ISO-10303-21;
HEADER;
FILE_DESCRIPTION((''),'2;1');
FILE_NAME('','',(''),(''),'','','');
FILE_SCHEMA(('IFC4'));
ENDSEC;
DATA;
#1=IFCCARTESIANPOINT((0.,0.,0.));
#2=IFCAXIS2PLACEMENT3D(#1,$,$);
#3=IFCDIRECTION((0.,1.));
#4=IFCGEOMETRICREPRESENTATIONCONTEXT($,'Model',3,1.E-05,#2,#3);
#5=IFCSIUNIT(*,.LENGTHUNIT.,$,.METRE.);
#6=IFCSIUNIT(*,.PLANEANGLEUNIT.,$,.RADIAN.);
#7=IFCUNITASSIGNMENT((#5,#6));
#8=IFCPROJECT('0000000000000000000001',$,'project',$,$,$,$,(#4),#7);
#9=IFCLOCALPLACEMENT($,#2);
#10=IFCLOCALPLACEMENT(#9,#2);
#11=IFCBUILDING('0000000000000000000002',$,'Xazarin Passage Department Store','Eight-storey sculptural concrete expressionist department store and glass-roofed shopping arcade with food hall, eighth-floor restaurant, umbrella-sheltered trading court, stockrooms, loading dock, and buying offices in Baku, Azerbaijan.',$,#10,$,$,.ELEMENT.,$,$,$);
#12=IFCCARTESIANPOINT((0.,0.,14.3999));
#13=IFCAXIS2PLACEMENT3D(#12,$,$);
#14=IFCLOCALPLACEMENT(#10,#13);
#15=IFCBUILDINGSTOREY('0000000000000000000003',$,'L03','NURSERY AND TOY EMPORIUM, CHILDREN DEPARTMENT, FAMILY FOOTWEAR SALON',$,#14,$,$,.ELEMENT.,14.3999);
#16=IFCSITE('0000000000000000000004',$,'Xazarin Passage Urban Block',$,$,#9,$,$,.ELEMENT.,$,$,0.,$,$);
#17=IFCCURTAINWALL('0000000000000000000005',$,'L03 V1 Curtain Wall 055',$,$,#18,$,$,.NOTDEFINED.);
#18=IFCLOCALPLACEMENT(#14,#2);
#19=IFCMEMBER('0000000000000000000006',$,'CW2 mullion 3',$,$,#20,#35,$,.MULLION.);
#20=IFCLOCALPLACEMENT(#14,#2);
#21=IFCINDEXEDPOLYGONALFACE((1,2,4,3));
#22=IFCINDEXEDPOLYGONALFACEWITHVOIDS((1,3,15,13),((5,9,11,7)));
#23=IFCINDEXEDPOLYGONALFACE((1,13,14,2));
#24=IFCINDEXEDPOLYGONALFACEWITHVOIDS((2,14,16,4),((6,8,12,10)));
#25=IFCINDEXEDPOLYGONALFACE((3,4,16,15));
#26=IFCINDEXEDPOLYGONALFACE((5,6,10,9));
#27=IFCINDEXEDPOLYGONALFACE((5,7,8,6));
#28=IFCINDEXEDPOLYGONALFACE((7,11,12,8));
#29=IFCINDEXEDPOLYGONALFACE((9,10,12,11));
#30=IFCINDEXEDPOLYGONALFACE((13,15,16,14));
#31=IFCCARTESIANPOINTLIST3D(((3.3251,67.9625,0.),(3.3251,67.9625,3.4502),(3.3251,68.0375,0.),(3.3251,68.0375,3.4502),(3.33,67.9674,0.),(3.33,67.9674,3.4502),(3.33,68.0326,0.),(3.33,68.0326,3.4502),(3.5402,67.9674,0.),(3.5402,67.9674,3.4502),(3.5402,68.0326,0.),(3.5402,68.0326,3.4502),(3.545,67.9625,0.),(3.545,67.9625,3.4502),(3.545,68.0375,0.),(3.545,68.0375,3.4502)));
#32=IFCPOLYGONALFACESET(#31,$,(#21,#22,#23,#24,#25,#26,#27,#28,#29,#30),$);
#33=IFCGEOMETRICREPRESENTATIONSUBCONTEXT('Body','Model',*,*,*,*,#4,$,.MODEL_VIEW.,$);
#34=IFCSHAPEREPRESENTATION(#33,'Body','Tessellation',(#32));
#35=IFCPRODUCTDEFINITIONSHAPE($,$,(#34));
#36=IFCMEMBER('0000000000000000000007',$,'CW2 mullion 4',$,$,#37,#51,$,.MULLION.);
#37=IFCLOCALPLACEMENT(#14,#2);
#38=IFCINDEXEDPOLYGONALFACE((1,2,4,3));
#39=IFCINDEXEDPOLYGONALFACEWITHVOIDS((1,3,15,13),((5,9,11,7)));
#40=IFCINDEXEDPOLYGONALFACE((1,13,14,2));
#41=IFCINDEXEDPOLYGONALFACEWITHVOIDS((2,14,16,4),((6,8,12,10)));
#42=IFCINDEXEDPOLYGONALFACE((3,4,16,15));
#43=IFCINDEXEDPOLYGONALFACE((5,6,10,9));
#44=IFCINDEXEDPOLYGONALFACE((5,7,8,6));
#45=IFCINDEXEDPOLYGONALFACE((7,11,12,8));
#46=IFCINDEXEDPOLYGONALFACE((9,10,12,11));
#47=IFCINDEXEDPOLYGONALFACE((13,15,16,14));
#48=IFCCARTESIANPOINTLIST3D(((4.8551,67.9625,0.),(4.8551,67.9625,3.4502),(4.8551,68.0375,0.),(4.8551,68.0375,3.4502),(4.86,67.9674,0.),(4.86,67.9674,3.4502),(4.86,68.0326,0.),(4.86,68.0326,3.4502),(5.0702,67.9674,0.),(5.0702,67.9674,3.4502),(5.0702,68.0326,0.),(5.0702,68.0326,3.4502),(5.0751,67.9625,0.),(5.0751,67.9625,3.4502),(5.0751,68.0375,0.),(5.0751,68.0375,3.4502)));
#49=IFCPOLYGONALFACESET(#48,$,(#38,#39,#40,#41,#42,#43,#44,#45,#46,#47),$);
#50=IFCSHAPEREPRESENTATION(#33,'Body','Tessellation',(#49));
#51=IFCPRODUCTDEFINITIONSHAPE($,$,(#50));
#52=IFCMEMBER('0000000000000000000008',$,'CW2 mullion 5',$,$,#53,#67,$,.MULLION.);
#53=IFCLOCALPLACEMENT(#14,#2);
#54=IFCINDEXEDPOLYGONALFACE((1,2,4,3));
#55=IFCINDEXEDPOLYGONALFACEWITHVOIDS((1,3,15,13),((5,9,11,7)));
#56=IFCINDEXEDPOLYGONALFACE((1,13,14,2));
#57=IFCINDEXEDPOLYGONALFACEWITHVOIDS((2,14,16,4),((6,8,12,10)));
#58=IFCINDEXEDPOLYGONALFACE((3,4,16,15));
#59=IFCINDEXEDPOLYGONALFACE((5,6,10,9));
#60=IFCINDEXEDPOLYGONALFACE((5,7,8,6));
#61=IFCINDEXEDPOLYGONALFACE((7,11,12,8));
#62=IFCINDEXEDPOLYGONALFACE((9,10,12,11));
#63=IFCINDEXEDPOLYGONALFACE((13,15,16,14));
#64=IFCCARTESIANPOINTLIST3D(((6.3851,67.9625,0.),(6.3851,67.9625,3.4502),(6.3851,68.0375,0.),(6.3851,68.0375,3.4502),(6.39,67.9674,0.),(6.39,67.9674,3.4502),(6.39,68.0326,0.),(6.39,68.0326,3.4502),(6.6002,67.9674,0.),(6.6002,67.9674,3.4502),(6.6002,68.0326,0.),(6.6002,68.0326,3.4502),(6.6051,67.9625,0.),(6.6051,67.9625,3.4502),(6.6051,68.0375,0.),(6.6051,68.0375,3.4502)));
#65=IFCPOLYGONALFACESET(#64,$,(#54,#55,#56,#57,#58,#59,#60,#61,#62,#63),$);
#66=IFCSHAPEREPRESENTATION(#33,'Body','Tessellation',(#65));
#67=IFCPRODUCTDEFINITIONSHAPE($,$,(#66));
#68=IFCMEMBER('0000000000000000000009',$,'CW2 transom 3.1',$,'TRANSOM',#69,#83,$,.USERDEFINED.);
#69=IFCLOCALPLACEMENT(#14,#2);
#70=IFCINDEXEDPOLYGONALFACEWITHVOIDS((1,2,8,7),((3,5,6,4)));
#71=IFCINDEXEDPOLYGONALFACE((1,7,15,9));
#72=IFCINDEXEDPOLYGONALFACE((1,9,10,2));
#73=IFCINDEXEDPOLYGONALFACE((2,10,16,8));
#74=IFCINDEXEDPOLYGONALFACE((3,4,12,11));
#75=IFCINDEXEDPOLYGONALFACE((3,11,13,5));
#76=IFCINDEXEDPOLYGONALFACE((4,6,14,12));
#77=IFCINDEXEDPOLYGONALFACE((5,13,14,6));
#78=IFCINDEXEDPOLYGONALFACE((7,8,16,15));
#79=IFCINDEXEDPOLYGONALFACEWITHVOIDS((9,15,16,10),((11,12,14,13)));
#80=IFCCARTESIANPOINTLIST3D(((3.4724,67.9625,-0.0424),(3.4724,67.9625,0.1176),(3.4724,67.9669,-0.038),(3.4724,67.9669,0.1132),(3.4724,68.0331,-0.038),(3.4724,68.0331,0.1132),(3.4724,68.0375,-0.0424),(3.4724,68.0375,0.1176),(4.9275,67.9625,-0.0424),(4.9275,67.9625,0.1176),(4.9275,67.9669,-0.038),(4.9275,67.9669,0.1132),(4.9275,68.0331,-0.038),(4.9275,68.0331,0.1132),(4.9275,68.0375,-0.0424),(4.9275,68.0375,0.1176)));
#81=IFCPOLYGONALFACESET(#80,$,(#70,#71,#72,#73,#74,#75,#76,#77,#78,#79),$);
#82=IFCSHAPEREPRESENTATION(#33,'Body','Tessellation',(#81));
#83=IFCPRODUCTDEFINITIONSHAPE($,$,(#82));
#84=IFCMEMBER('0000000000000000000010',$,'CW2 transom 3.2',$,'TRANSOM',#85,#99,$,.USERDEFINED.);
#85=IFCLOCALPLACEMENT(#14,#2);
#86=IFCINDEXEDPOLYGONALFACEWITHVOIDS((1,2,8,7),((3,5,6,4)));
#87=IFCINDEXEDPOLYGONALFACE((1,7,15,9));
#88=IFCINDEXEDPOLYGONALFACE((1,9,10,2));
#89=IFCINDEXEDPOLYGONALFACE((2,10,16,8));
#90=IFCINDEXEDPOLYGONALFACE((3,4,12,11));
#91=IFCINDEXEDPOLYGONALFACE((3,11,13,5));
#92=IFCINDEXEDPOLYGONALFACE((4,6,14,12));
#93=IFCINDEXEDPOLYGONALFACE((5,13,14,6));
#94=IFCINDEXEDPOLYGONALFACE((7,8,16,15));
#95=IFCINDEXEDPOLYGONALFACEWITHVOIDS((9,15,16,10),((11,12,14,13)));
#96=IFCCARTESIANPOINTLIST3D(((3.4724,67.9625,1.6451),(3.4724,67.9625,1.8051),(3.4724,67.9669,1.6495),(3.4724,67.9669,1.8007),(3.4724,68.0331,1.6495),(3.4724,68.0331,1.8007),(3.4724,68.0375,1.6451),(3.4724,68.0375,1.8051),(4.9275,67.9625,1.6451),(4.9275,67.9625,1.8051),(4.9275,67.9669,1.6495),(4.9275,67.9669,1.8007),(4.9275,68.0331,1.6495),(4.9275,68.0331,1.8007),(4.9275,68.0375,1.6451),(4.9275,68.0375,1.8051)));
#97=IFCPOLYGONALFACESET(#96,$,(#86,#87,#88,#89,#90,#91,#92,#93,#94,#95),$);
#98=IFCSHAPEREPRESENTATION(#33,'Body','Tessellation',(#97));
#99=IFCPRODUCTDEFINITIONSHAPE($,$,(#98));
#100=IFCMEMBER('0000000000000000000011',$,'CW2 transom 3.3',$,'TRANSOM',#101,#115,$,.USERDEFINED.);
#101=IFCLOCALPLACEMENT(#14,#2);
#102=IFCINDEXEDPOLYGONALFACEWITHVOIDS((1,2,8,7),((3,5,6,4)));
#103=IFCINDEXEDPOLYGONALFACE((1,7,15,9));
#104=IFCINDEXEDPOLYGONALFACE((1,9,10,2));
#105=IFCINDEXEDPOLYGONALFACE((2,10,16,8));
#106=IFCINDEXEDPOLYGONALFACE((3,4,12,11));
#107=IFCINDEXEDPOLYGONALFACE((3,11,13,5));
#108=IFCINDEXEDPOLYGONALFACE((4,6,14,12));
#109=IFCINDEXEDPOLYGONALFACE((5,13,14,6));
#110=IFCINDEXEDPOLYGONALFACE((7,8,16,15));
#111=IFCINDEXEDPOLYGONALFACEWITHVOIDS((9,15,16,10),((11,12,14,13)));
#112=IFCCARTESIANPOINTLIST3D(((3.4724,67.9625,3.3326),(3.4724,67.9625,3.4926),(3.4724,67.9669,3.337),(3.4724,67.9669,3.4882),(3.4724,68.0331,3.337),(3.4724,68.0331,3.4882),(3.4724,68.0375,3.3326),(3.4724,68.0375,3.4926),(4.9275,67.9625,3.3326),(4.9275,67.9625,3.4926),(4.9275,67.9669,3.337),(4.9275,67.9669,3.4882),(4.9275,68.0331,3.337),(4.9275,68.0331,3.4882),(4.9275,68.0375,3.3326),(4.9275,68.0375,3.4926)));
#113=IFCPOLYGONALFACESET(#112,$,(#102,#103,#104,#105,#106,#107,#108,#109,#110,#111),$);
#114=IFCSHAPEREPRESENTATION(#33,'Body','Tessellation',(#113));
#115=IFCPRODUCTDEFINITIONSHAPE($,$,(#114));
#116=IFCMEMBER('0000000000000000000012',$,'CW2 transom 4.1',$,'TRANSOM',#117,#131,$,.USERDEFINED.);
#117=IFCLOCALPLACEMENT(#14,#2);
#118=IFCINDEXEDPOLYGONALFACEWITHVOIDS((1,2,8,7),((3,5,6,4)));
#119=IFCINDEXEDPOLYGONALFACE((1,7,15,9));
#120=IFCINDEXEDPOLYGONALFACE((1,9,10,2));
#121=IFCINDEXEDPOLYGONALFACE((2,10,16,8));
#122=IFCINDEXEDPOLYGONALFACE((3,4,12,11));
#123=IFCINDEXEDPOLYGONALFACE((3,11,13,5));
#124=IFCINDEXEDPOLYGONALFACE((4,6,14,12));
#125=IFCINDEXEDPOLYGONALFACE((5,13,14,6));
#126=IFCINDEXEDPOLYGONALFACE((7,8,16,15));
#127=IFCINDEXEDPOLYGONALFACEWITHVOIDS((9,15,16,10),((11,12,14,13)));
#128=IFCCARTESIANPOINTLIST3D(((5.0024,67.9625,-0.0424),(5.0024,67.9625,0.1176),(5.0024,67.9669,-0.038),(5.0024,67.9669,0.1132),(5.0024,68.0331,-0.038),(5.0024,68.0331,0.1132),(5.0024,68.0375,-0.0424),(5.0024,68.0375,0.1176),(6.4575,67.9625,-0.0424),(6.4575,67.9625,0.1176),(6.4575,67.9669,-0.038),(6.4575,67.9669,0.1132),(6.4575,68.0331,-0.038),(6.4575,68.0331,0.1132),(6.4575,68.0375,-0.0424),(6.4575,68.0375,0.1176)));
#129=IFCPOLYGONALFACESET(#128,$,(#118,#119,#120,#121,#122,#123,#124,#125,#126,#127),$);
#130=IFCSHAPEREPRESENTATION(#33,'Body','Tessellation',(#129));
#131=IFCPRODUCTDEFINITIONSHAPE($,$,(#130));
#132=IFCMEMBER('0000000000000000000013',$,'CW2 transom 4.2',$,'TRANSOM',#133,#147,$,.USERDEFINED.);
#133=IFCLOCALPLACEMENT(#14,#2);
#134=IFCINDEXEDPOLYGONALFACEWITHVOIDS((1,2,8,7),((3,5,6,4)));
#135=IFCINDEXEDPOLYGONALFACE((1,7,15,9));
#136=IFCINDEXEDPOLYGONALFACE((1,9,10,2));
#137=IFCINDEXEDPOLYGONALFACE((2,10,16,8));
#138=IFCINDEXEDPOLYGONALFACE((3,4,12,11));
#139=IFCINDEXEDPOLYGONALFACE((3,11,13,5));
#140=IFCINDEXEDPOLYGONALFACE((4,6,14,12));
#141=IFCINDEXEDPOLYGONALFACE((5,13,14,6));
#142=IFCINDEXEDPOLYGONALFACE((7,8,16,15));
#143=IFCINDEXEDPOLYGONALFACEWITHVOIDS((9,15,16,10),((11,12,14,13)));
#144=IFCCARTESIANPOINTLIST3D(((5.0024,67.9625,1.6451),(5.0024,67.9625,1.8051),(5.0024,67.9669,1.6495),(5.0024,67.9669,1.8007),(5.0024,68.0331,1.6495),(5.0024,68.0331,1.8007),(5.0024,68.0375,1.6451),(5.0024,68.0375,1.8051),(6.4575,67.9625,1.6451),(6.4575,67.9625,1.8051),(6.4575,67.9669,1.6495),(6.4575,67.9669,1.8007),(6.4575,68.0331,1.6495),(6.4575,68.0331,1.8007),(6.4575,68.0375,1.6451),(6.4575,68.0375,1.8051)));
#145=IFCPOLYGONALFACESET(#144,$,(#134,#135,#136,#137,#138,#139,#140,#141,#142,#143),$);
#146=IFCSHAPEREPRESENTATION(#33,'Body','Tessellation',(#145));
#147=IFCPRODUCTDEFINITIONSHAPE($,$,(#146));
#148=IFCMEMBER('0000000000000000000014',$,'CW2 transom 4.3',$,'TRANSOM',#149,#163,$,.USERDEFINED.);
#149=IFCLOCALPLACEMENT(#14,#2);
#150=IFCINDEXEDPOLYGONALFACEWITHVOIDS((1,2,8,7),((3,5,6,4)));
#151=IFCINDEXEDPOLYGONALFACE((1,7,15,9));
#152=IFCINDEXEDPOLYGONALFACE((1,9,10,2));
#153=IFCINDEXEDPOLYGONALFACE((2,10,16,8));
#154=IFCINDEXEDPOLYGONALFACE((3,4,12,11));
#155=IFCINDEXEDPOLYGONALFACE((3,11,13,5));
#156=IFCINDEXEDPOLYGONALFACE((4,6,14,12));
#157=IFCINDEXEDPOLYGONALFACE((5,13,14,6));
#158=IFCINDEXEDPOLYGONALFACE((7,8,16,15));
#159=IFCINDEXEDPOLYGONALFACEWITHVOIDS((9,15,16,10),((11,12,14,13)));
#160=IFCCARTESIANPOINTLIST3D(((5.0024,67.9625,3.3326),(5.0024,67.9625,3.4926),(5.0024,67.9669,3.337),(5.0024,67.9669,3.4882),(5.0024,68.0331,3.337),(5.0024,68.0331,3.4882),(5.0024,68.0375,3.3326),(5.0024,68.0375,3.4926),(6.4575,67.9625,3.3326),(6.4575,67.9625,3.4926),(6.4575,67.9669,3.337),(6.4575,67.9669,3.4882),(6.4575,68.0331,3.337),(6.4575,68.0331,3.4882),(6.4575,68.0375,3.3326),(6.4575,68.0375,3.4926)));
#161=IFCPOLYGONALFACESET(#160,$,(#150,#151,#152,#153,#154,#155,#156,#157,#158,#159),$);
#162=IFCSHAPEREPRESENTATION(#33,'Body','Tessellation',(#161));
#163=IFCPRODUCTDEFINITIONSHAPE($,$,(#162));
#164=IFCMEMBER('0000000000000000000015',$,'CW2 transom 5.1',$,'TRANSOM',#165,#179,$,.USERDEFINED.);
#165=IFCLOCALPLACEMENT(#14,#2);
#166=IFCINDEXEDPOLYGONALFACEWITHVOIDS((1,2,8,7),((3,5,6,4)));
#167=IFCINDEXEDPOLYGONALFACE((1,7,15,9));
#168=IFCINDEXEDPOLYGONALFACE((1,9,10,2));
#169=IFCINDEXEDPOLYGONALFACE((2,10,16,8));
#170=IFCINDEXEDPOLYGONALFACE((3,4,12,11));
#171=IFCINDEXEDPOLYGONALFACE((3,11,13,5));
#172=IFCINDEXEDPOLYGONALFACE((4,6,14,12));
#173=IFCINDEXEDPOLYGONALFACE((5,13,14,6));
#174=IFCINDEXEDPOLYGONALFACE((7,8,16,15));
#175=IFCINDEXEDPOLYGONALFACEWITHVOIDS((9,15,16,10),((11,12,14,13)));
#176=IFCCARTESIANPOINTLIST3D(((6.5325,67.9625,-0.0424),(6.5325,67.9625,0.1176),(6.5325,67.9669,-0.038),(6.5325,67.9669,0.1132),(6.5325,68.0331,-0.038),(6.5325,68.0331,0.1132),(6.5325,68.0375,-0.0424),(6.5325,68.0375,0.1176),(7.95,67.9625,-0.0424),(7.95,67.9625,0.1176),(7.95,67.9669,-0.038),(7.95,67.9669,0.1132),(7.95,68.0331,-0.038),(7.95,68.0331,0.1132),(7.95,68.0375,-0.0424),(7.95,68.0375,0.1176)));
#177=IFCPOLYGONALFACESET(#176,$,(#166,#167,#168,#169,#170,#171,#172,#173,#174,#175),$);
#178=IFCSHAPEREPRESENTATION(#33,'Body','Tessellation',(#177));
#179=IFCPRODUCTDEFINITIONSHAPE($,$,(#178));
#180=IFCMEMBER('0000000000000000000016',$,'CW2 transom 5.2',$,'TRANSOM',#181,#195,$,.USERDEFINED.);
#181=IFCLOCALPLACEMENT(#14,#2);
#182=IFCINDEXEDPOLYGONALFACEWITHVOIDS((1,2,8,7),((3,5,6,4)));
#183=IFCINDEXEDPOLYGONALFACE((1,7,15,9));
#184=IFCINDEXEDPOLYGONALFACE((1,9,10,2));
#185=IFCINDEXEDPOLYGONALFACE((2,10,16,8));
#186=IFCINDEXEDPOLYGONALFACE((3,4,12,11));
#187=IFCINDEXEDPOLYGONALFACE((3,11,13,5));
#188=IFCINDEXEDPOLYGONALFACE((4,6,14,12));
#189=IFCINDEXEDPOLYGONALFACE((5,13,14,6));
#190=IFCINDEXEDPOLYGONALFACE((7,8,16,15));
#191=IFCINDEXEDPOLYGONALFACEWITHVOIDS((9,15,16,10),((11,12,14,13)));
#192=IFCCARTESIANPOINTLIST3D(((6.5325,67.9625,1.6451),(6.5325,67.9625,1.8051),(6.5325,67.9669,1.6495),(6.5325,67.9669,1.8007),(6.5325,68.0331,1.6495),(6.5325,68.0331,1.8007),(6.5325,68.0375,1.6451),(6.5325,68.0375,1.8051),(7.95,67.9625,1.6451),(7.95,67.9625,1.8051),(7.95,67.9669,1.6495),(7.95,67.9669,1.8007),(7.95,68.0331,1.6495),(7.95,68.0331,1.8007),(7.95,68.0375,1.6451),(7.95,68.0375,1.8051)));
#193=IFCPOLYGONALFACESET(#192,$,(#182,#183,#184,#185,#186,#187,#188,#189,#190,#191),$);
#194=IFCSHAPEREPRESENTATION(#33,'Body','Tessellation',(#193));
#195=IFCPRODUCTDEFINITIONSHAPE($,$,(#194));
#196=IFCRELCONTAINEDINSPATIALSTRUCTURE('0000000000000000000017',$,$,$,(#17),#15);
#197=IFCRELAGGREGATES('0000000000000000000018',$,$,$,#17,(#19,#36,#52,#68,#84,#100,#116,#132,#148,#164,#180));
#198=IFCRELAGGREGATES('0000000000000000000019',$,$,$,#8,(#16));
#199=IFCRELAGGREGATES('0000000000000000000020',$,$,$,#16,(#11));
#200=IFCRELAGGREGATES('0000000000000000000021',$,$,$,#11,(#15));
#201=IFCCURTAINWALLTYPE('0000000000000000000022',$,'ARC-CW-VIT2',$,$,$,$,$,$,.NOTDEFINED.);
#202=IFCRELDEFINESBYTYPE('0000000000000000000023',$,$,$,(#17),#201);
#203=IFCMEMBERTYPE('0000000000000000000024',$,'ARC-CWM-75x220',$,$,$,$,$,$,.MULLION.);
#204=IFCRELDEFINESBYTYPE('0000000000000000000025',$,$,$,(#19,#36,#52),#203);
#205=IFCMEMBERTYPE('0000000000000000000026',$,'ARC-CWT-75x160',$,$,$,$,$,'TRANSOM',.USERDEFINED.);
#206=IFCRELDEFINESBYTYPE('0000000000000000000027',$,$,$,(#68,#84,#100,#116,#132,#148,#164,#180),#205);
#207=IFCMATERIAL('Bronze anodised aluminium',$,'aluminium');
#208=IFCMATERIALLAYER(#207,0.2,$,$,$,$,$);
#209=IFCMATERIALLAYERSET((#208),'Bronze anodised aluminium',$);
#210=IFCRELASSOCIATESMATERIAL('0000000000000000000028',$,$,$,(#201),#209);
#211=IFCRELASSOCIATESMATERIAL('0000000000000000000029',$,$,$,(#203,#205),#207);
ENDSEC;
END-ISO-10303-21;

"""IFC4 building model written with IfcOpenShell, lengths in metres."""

from ifc_helpers import new_model, si_unit, direction, frame, origin, origin_2d, place, context, subcontext, project, spatial, hollow_rectangle, extrude, material, layer, layer_set, material_profile, profile_set, type_object, element, aggregate, save


model = new_model("IFC4")

# Units and contexts
model_context = context("Model", 3, precision=1e-05, world=origin(), true_north=direction((0.0, 1.0)))
body_context = subcontext(model_context, "Body", "Model", "MODEL_VIEW")
ifc_project = project(units=[si_unit("LENGTHUNIT", "METRE"), si_unit("PLANEANGLEUNIT", "RADIAN")], contexts=[model_context])

# Site, building, storey
site_placement = place(None, origin())
site = spatial("IfcSite", under=ifc_project, at=site_placement, Name="Xazarin Passage Urban Block", CompositionType="ELEMENT", RefElevation=0.0)
building_placement = place(site_placement, origin())
building = spatial("IfcBuilding", under=site, at=building_placement, Name="Xazarin Passage Department Store", Description="Eight-storey sculptural concrete expressionist department store and glass-roofed shopping arcade with food hall, eighth-floor restaurant, umbrella-sheltered trading court, stockrooms, loading dock, and buying offices in Baku, Azerbaijan.", CompositionType="ELEMENT")
storey_placement = place(building_placement, frame((0.0, 0.0, 14.3999)))
storey = spatial("IfcBuildingStorey", under=building, at=storey_placement, Name="L03", Description="NURSERY AND TOY EMPORIUM, CHILDREN DEPARTMENT, FAMILY FOOTWEAR SALON", CompositionType="ELEMENT", Elevation=14.3999)

# Curtain wall, members
ifc_material_1 = material(Name="Bronze anodised aluminium", Category="aluminium")
ifc_layer_1 = layer(ifc_material_1, 0.2)
ifc_layer_set_1 = layer_set([ifc_layer_1], Name="Bronze anodised aluminium")
curtain_wall_type = type_object("IfcCurtainWallType", Name="ARC-CW-VIT2", PredefinedType="NOTDEFINED", material=ifc_layer_set_1)
curtain_wall_placement = place(storey_placement, origin())
curtain_wall = element("IfcCurtainWall", 1, at=curtain_wall_placement, inside=storey, type_object=curtain_wall_type, Name="L03 V1 Curtain Wall 055", PredefinedType="NOTDEFINED")
ifc_material_profile_1 = material_profile(ifc_material_1, hollow_rectangle(XDim=0.075, YDim=0.22, WallThickness=0.0049, at=origin_2d()), Name="ALU 75x220")
ifc_profile_set_1 = profile_set([ifc_material_profile_1], Name="Bronze anodised aluminium")
member_type_1 = type_object("IfcMemberType", Name="ARC-CWM-75x220", PredefinedType="MULLION", material=ifc_profile_set_1)
member_1_placement = place(storey_placement, frame((3.4351, 68.0, 0.0), z_axis=(0.0, 0.0, 1.0), x_axis=(0.0, 1.0, 0.0)))
member_1 = element("IfcMember", 2, at=member_1_placement, type_object=member_type_1, Name="CW2 mullion 3", PredefinedType="MULLION", context=body_context, shape_type="SweptSolid", body=[
    extrude(hollow_rectangle(XDim=0.075, YDim=0.22, WallThickness=0.0049, at=origin_2d()), origin(), (0.0, 0.0, 1.0), 3.4502),
])
member_2_placement = place(storey_placement, frame((4.9651, 68.0, 0.0), z_axis=(0.0, 0.0, 1.0), x_axis=(0.0, 1.0, 0.0)))
member_2 = element("IfcMember", 3, at=member_2_placement, type_object=member_type_1, Name="CW2 mullion 4", PredefinedType="MULLION", context=body_context, shape_type="SweptSolid", body=[
    extrude(hollow_rectangle(XDim=0.075, YDim=0.22, WallThickness=0.0049, at=origin_2d()), origin(), (0.0, 0.0, 1.0), 3.4502),
])
member_3_placement = place(storey_placement, frame((6.4951, 68.0, 0.0), z_axis=(0.0, 0.0, 1.0), x_axis=(0.0, 1.0, 0.0)))
member_3 = element("IfcMember", 4, at=member_3_placement, type_object=member_type_1, Name="CW2 mullion 5", PredefinedType="MULLION", context=body_context, shape_type="SweptSolid", body=[
    extrude(hollow_rectangle(XDim=0.075, YDim=0.22, WallThickness=0.0049, at=origin_2d()), origin(), (0.0, 0.0, 1.0), 3.4502),
])
ifc_material_profile_2 = material_profile(ifc_material_1, hollow_rectangle(XDim=0.075, YDim=0.1599, WallThickness=0.0044, at=origin_2d()), Name="ALU 75x160")
ifc_profile_set_2 = profile_set([ifc_material_profile_2], Name="Bronze anodised aluminium")
member_type_2 = type_object("IfcMemberType", Name="ARC-CWT-75x160", ElementType="TRANSOM", PredefinedType="USERDEFINED", material=ifc_profile_set_2)
member_4_placement = place(storey_placement, frame((3.4724, 68.0, 0.0376), z_axis=(1.0, 0.0, 0.0), x_axis=(0.0, 1.0, 0.0)))
member_4 = element("IfcMember", 5, at=member_4_placement, type_object=member_type_2, Name="CW2 transom 3.1", ObjectType="TRANSOM", PredefinedType="USERDEFINED", context=body_context, shape_type="SweptSolid", body=[
    extrude(hollow_rectangle(XDim=0.075, YDim=0.1599, WallThickness=0.0044, at=origin_2d()), origin(), (0.0, 0.0, 1.0), 1.4551),
])
member_5_placement = place(storey_placement, frame((3.4724, 68.0, 1.7251), z_axis=(1.0, 0.0, 0.0), x_axis=(0.0, 1.0, 0.0)))
member_5 = element("IfcMember", 6, at=member_5_placement, type_object=member_type_2, Name="CW2 transom 3.2", ObjectType="TRANSOM", PredefinedType="USERDEFINED", context=body_context, shape_type="SweptSolid", body=[
    extrude(hollow_rectangle(XDim=0.075, YDim=0.1599, WallThickness=0.0044, at=origin_2d()), origin(), (0.0, 0.0, 1.0), 1.4551),
])
member_6_placement = place(storey_placement, frame((3.4724, 68.0, 3.4126), z_axis=(1.0, 0.0, 0.0), x_axis=(0.0, 1.0, 0.0)))
member_6 = element("IfcMember", 7, at=member_6_placement, type_object=member_type_2, Name="CW2 transom 3.3", ObjectType="TRANSOM", PredefinedType="USERDEFINED", context=body_context, shape_type="SweptSolid", body=[
    extrude(hollow_rectangle(XDim=0.075, YDim=0.1599, WallThickness=0.0044, at=origin_2d()), origin(), (0.0, 0.0, 1.0), 1.4551),
])
member_7_placement = place(storey_placement, frame((5.0024, 68.0, 0.0376), z_axis=(1.0, 0.0, 0.0), x_axis=(0.0, 1.0, 0.0)))
member_7 = element("IfcMember", 8, at=member_7_placement, type_object=member_type_2, Name="CW2 transom 4.1", ObjectType="TRANSOM", PredefinedType="USERDEFINED", context=body_context, shape_type="SweptSolid", body=[
    extrude(hollow_rectangle(XDim=0.075, YDim=0.1599, WallThickness=0.0044, at=origin_2d()), origin(), (0.0, 0.0, 1.0), 1.4551),
])
member_8_placement = place(storey_placement, frame((5.0024, 68.0, 1.7251), z_axis=(1.0, 0.0, 0.0), x_axis=(0.0, 1.0, 0.0)))
member_8 = element("IfcMember", 9, at=member_8_placement, type_object=member_type_2, Name="CW2 transom 4.2", ObjectType="TRANSOM", PredefinedType="USERDEFINED", context=body_context, shape_type="SweptSolid", body=[
    extrude(hollow_rectangle(XDim=0.075, YDim=0.1599, WallThickness=0.0044, at=origin_2d()), origin(), (0.0, 0.0, 1.0), 1.4551),
])
member_9_placement = place(storey_placement, frame((5.0024, 68.0, 3.4126), z_axis=(1.0, 0.0, 0.0), x_axis=(0.0, 1.0, 0.0)))
member_9 = element("IfcMember", 10, at=member_9_placement, type_object=member_type_2, Name="CW2 transom 4.3", ObjectType="TRANSOM", PredefinedType="USERDEFINED", context=body_context, shape_type="SweptSolid", body=[
    extrude(hollow_rectangle(XDim=0.075, YDim=0.1599, WallThickness=0.0044, at=origin_2d()), origin(), (0.0, 0.0, 1.0), 1.4551),
])
member_10_placement = place(storey_placement, frame((6.5325, 68.0, 0.0376), z_axis=(1.0, 0.0, 0.0), x_axis=(0.0, 1.0, 0.0)))
member_10 = element("IfcMember", 11, at=member_10_placement, type_object=member_type_2, Name="CW2 transom 5.1", ObjectType="TRANSOM", PredefinedType="USERDEFINED", context=body_context, shape_type="SweptSolid", body=[
    extrude(hollow_rectangle(XDim=0.075, YDim=0.1599, WallThickness=0.0044, at=origin_2d()), origin(), (0.0, 0.0, 1.0), 1.4175),
])
member_11_placement = place(storey_placement, frame((6.5325, 68.0, 1.7251), z_axis=(1.0, 0.0, 0.0), x_axis=(0.0, 1.0, 0.0)))
member_11 = element("IfcMember", 12, at=member_11_placement, type_object=member_type_2, Name="CW2 transom 5.2", ObjectType="TRANSOM", PredefinedType="USERDEFINED", context=body_context, shape_type="SweptSolid", body=[
    extrude(hollow_rectangle(XDim=0.075, YDim=0.1599, WallThickness=0.0044, at=origin_2d()), origin(), (0.0, 0.0, 1.0), 1.4175),
])

aggregate(curtain_wall, [member_1, member_2, member_3, member_4, member_5, member_6, member_7, member_8, member_9, member_10, member_11])

save(model, "model.ifc")
